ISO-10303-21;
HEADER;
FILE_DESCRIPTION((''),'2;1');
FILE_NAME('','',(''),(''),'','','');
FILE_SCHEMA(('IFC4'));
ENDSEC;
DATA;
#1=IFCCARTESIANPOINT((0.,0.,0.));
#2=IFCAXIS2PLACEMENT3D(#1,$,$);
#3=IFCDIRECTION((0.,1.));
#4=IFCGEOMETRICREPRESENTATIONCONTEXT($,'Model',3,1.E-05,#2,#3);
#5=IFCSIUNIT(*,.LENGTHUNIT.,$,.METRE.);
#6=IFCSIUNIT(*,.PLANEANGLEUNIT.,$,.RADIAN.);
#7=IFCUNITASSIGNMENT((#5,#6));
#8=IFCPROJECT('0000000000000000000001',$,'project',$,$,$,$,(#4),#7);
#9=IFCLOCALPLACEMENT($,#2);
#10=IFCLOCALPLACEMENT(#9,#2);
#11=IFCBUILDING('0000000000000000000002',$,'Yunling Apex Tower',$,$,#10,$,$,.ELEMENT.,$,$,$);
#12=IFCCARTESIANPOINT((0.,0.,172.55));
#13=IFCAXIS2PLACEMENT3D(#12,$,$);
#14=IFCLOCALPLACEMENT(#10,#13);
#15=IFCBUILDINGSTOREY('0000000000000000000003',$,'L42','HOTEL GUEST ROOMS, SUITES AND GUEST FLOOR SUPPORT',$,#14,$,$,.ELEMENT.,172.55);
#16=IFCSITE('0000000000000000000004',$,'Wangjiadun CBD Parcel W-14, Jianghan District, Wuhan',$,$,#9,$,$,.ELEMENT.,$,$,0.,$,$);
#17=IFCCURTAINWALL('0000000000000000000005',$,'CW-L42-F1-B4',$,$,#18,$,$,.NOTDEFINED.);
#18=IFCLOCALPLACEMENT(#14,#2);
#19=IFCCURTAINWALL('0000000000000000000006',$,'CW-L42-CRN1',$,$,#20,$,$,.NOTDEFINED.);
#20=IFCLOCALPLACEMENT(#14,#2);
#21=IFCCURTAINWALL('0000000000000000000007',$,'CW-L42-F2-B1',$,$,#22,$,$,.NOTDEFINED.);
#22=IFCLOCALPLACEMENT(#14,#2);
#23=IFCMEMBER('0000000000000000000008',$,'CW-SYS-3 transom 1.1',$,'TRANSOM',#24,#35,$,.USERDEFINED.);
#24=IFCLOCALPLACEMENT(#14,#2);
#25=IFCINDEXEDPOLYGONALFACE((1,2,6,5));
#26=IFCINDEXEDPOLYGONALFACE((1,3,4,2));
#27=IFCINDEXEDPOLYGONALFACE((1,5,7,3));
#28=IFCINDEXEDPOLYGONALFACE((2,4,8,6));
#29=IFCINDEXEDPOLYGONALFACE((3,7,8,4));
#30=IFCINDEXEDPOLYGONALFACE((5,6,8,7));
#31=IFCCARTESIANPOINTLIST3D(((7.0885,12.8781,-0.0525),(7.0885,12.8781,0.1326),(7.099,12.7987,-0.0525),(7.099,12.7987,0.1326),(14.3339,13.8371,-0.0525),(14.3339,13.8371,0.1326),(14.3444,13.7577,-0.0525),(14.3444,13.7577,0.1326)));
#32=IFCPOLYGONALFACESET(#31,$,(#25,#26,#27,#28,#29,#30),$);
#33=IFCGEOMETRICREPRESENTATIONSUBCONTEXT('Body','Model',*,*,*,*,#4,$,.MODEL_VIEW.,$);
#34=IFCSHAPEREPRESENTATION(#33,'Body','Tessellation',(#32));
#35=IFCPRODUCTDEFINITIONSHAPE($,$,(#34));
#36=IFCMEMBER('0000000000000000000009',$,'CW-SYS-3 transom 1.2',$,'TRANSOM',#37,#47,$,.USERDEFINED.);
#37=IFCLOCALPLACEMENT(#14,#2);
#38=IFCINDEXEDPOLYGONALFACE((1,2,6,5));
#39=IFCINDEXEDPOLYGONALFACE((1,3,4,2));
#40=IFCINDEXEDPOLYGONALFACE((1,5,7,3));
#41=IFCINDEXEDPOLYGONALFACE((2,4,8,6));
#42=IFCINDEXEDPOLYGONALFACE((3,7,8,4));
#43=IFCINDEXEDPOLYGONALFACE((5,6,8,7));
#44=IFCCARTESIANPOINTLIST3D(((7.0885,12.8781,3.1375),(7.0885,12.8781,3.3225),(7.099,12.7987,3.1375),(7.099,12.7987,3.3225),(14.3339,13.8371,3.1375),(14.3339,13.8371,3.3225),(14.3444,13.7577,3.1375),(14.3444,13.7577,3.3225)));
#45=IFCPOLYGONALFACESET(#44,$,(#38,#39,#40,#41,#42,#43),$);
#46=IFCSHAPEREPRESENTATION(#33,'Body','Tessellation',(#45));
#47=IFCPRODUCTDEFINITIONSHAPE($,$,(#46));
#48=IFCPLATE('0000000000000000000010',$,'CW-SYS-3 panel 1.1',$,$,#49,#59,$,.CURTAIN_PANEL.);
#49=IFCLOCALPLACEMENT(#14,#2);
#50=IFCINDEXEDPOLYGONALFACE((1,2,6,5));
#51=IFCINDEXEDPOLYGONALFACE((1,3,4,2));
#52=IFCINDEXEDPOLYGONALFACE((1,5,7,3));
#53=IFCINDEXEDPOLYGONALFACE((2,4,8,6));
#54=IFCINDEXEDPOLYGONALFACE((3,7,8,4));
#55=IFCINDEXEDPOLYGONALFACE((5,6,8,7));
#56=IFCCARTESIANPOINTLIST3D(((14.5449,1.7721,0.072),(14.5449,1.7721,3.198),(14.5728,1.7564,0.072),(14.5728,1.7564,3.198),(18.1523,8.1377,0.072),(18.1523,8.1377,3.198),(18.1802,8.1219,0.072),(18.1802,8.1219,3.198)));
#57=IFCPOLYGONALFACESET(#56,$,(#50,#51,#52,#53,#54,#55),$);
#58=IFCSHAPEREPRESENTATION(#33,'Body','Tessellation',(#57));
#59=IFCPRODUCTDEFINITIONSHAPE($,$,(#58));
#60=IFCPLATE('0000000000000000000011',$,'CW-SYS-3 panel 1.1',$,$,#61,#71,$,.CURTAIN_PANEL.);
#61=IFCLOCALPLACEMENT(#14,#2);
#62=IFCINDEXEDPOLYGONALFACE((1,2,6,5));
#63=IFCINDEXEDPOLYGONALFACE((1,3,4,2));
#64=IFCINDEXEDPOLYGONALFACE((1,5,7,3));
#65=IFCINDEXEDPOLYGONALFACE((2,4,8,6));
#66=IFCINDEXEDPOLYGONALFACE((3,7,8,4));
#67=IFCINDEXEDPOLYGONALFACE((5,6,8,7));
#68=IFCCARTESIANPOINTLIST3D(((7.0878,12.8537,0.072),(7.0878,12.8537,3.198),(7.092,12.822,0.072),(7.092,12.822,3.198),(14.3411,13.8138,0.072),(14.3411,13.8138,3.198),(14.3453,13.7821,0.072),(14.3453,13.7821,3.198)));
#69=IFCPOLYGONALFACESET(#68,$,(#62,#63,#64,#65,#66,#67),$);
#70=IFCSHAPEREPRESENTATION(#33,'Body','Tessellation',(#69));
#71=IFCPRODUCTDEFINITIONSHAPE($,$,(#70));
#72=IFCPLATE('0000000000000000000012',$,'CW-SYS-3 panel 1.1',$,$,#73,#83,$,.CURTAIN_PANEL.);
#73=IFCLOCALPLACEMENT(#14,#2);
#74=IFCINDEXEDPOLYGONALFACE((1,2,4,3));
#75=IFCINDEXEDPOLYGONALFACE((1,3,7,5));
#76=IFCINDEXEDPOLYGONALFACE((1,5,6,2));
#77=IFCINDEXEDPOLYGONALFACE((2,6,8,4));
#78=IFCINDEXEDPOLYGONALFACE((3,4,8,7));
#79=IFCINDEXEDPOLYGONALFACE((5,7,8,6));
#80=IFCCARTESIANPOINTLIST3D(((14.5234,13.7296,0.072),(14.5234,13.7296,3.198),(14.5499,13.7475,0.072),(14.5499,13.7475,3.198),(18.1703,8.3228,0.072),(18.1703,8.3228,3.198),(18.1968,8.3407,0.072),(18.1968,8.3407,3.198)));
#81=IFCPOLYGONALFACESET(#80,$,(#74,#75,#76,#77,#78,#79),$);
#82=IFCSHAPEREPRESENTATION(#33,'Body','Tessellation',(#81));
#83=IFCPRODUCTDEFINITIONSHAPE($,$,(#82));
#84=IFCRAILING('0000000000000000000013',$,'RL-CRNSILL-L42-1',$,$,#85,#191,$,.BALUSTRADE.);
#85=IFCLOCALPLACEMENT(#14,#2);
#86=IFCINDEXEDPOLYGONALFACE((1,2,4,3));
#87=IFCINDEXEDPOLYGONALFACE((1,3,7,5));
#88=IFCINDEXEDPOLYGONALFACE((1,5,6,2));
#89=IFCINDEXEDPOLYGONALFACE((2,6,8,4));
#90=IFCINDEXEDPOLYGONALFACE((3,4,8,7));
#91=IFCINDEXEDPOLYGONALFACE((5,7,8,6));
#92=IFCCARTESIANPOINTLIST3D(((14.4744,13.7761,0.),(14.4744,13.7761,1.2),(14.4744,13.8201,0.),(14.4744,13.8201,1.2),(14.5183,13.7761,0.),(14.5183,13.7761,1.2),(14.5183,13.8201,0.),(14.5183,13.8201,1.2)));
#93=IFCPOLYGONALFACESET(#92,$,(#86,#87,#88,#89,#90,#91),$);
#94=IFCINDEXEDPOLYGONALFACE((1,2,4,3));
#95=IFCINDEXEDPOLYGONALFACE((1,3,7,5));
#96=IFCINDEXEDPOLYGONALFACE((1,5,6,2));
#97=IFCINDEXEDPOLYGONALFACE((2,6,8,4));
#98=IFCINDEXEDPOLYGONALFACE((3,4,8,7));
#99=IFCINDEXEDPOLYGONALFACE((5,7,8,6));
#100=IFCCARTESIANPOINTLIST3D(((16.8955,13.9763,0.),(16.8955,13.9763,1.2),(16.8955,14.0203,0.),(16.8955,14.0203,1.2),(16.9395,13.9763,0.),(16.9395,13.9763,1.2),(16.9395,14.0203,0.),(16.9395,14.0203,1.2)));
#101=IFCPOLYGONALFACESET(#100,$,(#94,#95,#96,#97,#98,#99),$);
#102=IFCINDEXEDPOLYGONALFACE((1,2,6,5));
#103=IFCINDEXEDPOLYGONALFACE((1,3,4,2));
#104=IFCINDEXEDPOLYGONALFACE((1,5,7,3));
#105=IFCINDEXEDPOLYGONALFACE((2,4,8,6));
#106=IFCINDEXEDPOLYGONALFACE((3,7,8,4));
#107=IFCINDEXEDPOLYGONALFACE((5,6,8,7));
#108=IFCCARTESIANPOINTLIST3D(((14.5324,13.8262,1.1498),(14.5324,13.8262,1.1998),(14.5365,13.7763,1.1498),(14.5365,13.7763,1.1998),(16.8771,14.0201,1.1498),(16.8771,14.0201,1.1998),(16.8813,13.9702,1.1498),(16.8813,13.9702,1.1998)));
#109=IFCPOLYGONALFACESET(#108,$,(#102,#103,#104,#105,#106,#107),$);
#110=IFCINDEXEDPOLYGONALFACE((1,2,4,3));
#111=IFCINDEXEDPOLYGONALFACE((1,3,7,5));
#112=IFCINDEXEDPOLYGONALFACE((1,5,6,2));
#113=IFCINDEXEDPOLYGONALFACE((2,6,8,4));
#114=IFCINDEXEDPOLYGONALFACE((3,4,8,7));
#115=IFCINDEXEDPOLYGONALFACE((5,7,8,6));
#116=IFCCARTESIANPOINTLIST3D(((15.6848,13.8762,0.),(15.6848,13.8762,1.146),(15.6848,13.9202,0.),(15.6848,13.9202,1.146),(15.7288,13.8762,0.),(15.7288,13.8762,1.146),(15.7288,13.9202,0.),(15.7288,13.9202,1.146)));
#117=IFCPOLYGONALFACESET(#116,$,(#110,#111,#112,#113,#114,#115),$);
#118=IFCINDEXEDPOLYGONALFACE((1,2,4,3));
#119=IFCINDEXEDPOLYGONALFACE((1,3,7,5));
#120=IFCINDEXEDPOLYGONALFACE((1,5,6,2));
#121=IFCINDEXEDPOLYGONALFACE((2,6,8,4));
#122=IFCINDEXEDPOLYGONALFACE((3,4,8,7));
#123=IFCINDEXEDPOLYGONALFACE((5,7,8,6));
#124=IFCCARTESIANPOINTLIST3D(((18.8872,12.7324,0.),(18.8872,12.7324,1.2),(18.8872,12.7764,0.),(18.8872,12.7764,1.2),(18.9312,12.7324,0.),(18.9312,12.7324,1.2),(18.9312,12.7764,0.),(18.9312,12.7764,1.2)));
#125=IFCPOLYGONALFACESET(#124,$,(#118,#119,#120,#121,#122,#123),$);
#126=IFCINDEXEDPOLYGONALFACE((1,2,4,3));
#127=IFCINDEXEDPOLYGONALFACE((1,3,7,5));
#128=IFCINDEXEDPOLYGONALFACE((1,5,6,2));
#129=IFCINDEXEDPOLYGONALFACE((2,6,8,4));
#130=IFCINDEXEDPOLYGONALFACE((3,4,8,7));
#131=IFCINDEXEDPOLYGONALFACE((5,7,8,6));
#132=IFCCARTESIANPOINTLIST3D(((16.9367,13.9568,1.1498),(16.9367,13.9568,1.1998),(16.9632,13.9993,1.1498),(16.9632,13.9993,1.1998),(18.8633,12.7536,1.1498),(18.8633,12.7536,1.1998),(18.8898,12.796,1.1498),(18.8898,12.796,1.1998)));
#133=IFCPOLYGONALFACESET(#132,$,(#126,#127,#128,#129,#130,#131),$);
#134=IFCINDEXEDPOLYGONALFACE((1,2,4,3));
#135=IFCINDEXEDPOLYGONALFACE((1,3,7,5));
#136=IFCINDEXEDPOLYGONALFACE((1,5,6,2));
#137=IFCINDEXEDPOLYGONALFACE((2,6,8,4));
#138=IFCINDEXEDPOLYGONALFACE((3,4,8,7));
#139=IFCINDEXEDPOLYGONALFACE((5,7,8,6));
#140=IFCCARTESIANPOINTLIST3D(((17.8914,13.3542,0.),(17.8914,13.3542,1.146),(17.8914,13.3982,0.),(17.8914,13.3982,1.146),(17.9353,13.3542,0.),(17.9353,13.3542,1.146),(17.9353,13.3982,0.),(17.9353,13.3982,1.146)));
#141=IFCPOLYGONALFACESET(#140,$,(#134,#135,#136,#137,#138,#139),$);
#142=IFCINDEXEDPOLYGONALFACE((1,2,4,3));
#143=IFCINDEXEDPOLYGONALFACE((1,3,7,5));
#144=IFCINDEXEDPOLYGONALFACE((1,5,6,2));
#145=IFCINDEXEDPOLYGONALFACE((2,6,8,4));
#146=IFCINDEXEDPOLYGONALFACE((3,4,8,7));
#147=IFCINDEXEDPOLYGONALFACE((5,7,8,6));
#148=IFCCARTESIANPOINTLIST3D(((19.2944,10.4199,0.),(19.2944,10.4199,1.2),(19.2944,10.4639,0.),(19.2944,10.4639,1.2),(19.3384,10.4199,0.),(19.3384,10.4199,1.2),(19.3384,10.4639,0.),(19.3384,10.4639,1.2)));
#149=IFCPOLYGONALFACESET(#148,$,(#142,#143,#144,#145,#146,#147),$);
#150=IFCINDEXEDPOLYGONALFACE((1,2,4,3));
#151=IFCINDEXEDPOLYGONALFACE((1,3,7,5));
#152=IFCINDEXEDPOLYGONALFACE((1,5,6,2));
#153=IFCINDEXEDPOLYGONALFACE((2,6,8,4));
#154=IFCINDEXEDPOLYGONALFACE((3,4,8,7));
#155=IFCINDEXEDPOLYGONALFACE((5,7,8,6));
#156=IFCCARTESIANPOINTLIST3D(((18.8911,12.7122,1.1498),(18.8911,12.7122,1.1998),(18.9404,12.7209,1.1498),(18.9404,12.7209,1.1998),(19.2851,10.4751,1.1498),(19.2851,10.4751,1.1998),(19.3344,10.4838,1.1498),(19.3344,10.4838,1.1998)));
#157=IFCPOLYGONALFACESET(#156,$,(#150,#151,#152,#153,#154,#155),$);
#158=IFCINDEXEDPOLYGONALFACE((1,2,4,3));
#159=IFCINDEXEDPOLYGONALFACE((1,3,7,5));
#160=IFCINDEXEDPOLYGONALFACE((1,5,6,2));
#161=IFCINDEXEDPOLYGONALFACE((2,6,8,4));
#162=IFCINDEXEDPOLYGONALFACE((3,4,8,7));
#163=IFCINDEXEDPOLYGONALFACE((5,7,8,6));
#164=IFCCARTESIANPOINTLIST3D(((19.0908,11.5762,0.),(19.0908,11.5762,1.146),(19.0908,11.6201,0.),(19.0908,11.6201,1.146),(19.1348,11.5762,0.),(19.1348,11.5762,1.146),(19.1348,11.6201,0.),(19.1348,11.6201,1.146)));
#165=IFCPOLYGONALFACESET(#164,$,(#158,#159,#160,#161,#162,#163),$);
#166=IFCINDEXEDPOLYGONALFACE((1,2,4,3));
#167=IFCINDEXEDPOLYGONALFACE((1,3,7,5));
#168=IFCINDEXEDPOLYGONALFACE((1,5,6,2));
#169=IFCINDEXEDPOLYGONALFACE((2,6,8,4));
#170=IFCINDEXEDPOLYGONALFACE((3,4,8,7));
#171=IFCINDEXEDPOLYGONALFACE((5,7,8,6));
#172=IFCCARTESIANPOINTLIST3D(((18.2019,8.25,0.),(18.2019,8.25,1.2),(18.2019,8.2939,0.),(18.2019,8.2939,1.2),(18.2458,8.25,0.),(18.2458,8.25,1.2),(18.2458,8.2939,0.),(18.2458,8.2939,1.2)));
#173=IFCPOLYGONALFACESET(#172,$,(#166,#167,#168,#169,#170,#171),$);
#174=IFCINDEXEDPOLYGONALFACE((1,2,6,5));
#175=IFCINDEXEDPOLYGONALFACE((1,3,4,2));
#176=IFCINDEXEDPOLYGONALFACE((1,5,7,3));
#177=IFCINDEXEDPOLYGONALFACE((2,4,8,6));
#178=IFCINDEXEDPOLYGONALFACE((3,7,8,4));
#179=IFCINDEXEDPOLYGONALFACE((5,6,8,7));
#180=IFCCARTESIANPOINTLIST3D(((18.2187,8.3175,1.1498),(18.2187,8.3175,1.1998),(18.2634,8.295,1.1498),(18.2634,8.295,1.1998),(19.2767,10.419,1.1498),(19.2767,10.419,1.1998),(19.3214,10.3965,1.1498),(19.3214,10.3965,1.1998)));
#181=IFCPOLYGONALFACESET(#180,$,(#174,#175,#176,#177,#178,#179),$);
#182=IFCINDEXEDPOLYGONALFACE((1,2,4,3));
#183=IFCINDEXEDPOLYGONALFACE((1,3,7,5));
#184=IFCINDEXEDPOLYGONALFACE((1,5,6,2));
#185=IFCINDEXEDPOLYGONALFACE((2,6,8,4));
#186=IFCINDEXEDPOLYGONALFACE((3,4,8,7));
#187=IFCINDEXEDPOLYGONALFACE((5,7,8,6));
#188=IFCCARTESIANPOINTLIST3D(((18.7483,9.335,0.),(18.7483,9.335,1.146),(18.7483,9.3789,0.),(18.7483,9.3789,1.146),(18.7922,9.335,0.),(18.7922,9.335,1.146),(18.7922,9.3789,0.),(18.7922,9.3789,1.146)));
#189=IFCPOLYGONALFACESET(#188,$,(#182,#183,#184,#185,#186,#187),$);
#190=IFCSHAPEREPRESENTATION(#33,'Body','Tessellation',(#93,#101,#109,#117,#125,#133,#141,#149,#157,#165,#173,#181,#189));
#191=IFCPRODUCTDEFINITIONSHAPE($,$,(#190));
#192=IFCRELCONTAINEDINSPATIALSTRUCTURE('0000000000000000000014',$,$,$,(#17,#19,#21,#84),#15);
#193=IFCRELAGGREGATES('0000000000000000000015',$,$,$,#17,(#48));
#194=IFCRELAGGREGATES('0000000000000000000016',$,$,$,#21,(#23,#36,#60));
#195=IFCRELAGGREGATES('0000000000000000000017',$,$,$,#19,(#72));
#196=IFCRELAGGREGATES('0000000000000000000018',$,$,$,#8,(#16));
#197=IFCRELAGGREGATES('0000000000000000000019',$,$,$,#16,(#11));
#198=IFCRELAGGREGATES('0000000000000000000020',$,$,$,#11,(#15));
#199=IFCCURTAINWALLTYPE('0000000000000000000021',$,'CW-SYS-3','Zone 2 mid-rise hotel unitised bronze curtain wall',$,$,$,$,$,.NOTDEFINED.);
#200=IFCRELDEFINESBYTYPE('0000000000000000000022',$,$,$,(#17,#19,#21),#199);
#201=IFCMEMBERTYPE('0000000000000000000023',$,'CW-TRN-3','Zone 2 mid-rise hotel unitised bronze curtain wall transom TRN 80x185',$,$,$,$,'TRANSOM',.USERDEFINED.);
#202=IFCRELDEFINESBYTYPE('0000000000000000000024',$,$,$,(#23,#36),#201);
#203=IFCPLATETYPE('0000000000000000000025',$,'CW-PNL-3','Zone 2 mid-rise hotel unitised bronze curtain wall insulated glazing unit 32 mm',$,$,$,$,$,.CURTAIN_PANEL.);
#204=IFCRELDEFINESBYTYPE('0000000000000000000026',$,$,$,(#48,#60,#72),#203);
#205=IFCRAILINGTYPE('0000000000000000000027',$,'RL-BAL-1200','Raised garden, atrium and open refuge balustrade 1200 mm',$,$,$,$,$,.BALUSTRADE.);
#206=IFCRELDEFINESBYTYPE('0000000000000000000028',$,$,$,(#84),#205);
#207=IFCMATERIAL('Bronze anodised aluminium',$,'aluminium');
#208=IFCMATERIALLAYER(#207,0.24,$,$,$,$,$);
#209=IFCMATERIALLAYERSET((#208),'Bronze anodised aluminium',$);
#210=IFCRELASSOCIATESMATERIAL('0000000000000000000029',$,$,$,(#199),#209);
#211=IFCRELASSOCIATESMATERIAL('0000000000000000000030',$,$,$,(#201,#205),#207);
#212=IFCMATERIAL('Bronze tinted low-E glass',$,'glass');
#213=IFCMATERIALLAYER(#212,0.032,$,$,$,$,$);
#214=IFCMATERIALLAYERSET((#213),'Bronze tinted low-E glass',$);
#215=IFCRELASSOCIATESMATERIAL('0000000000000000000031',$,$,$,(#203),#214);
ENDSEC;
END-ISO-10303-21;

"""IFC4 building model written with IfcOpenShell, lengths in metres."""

from ifc_helpers import new_model, si_unit, direction, frame, origin, origin_2d, place, context, subcontext, project, spatial, rectangle, extrude, source, transform, mapped, material, layer, layer_set, material_profile, profile_set, type_object, element, aggregate, save


model = new_model("IFC4")

# Units and contexts
model_context = context("Model", 3, precision=1e-05, world=origin(), true_north=direction((0.0, 1.0)))
body_context = subcontext(model_context, "Body", "Model", "MODEL_VIEW")
ifc_project = project(units=[si_unit("LENGTHUNIT", "METRE"), si_unit("PLANEANGLEUNIT", "RADIAN")], contexts=[model_context])

# Site, building, storey
site_placement = place(None, origin())
site = spatial("IfcSite", under=ifc_project, at=site_placement, Name="Wangjiadun CBD Parcel W-14, Jianghan District, Wuhan", CompositionType="ELEMENT", RefElevation=0.0)
building_placement = place(site_placement, origin())
building = spatial("IfcBuilding", under=site, at=building_placement, Name="Yunling Apex Tower", CompositionType="ELEMENT")
storey_placement = place(building_placement, frame((0.0, 0.0, 172.55)))
storey = spatial("IfcBuildingStorey", under=building, at=storey_placement, Name="L42", Description="HOTEL GUEST ROOMS, SUITES AND GUEST FLOOR SUPPORT", CompositionType="ELEMENT", Elevation=172.55)

# Shared definitions
ifc_material_1 = material(Name="Bronze anodised aluminium", Category="aluminium")
ifc_layer_1 = layer(ifc_material_1, 0.24)
ifc_layer_set_1 = layer_set([ifc_layer_1], Name="Bronze anodised aluminium")
curtain_wall_type = type_object("IfcCurtainWallType", Name="CW-SYS-3", Description="Zone 2 mid-rise hotel unitised bronze curtain wall", PredefinedType="NOTDEFINED", material=ifc_layer_set_1)

# Curtain walls
curtain_wall_1_placement = place(storey_placement, origin())
curtain_wall_1 = element("IfcCurtainWall", 1, at=curtain_wall_1_placement, inside=storey, type_object=curtain_wall_type, Name="CW-L42-F1-B4", PredefinedType="NOTDEFINED")
curtain_wall_2_placement = place(storey_placement, origin())
curtain_wall_2 = element("IfcCurtainWall", 2, at=curtain_wall_2_placement, inside=storey, type_object=curtain_wall_type, Name="CW-L42-CRN1", PredefinedType="NOTDEFINED")
curtain_wall_3_placement = place(storey_placement, origin())
curtain_wall_3 = element("IfcCurtainWall", 3, at=curtain_wall_3_placement, inside=storey, type_object=curtain_wall_type, Name="CW-L42-F2-B1", PredefinedType="NOTDEFINED")
ifc_material_profile_1 = material_profile(ifc_material_1, rectangle(XDim=0.0801, YDim=0.1851, at=origin_2d()))
ifc_profile_set_1 = profile_set([ifc_material_profile_1], Name="Bronze anodised aluminium")
member_type_1 = type_object("IfcMemberType", Name="CW-TRN-3", Description="Zone 2 mid-rise hotel unitised bronze curtain wall transom TRN 80x185", ElementType="TRANSOM", PredefinedType="USERDEFINED", material=ifc_profile_set_1)

# Members
shared_shape_1 = source(origin(), body_context, "Body", "SweptSolid", [
    extrude(rectangle(XDim=0.0801, YDim=0.1851, at=origin_2d()), origin(), (0.0, 0.0, 1.0), 7.3086),
])
member_1_placement = place(storey_placement, frame((14.3391, 13.7974, 0.04), z_axis=(-0.991354, -0.131214, 0.0), x_axis=(0.131214, -0.991354, 0.0)))
member_1 = element("IfcMember", 4, at=member_1_placement, type_object=member_type_1, Name="CW-SYS-3 transom 1.1", ObjectType="TRANSOM", PredefinedType="USERDEFINED", context=body_context, shape_type="MappedRepresentation", body=[
    mapped(shared_shape_1, transform((0.0, 0.0, 0.0), scale=1.0)),
])
member_2_placement = place(storey_placement, frame((14.3391, 13.7974, 3.23), z_axis=(-0.991354, -0.131214, 0.0), x_axis=(0.131214, -0.991354, 0.0)))
member_2 = element("IfcMember", 5, at=member_2_placement, type_object=member_type_1, Name="CW-SYS-3 transom 1.2", ObjectType="TRANSOM", PredefinedType="USERDEFINED", context=body_context, shape_type="MappedRepresentation", body=[
    mapped(shared_shape_1, transform((0.0, 0.0, 0.0), scale=1.0)),
])

# Plates
ifc_material_2 = material(Name="Bronze tinted low-E glass", Category="glass")
ifc_layer_2 = layer(ifc_material_2, 0.032)
ifc_layer_set_2 = layer_set([ifc_layer_2], Name="Bronze tinted low-E glass")
plate_type = type_object("IfcPlateType", Name="CW-PNL-3", Description="Zone 2 mid-rise hotel unitised bronze curtain wall insulated glazing unit 32 mm", PredefinedType="CURTAIN_PANEL", material=ifc_layer_set_2)
shared_shape_2 = source(origin(), body_context, "Body", "SweptSolid", [
    extrude(rectangle(XDim=7.3167, YDim=0.032, at=origin_2d()), origin(), (0.0, 0.0, 1.0), 3.126),
])
plate_1_placement = place(storey_placement, frame((16.3625, 4.947, 0.072), z_axis=(0.0, 0.0, 1.0), x_axis=(0.493041, 0.870006, 0.0)))
plate_1 = element("IfcPlate", 6, at=plate_1_placement, type_object=plate_type, Name="CW-SYS-3 panel 1.1", PredefinedType="CURTAIN_PANEL", context=body_context, shape_type="MappedRepresentation", body=[
    mapped(shared_shape_2, transform((0.0, 0.0, 0.0), scale=1.0)),
])
aggregate(curtain_wall_1, [plate_1])
plate_2_placement = place(storey_placement, frame((10.7166, 13.3179, 0.072), z_axis=(0.0, 0.0, 1.0), x_axis=(-0.991353, -0.131222, 0.0)))
plate_2 = element("IfcPlate", 7, at=plate_2_placement, type_object=plate_type, Name="CW-SYS-3 panel 1.1", PredefinedType="CURTAIN_PANEL", context=body_context, shape_type="MappedRepresentation", body=[
    mapped(shared_shape_2, transform((0.0, 0.0, 0.0), scale=1.0)),
])
aggregate(curtain_wall_3, [member_1, member_2, plate_2])
shared_shape_3 = source(origin(), body_context, "Body", "SweptSolid", [
    extrude(rectangle(XDim=6.5217, YDim=0.032, at=origin_2d()), origin(), (0.0, 0.0, 1.0), 3.126),
])
plate_3_placement = place(storey_placement, frame((16.3601, 11.0352, 0.072), z_axis=(0.0, 0.0, 1.0), x_axis=(-0.559193, 0.829038, 0.0)))
plate_3 = element("IfcPlate", 8, at=plate_3_placement, type_object=plate_type, Name="CW-SYS-3 panel 1.1", PredefinedType="CURTAIN_PANEL", context=body_context, shape_type="MappedRepresentation", body=[
    mapped(shared_shape_3, transform((0.0, 0.0, 0.0), scale=1.0)),
])
aggregate(curtain_wall_2, [plate_3])

# Railing
railing_type = type_object("IfcRailingType", Name="RL-BAL-1200", Description="Raised garden, atrium and open refuge balustrade 1200 mm", PredefinedType="BALUSTRADE", material=ifc_material_1)
railing_1_placement = place(storey_placement, frame((14.4963, 13.7981, 0.0)))
element("IfcRailing", 9, at=railing_1_placement, inside=storey, type_object=railing_type, Name="RL-CRNSILL-L42-1", PredefinedType="BALUSTRADE", context=body_context, shape_type="SweptSolid", body=[
    extrude(rectangle(XDim=0.0439, YDim=0.0439, at=origin_2d()), origin(), (0.0, 0.0, 1.0), 1.2),
    extrude(rectangle(XDim=0.0439, YDim=0.0439, at=origin_2d()), frame((2.4211, 0.2002, 0.0)), (0.0, 0.0, 1.0), 1.2),
    extrude(rectangle(XDim=0.05, YDim=0.05, at=origin_2d()), frame((0.0381, 0.0032, 1.1748), z_axis=(0.996599, 0.082405, 0.0), x_axis=(-0.082405, 0.996599, 0.0)), (0.0, 0.0, 1.0), 2.3528),
    extrude(rectangle(XDim=0.0439, YDim=0.0439, at=origin_2d()), frame((1.2104, 0.1001, 0.0)), (0.0, 0.0, 1.0), 1.146),
    extrude(rectangle(XDim=0.0439, YDim=0.0439, at=origin_2d()), frame((4.4128, -1.0437, 0.0)), (0.0, 0.0, 1.0), 1.2),
    extrude(rectangle(XDim=0.05, YDim=0.05, at=origin_2d()), frame((2.4536, 0.1799, 1.1748), z_axis=(0.848173, -0.529719, 0.0), x_axis=(0.529719, 0.848173, 0.0)), (0.0, 0.0, 1.0), 2.2715),
    extrude(rectangle(XDim=0.0439, YDim=0.0439, at=origin_2d()), frame((3.417, -0.4219, 0.0)), (0.0, 0.0, 1.0), 1.146),
    extrude(rectangle(XDim=0.0439, YDim=0.0439, at=origin_2d()), frame((4.8201, -3.3562, 0.0)), (0.0, 0.0, 1.0), 1.2),
    extrude(rectangle(XDim=0.05, YDim=0.05, at=origin_2d()), frame((4.4194, -1.0815, 1.1748), z_axis=(0.173429, -0.984846, 0.0), x_axis=(0.984846, 0.173429, 0.0)), (0.0, 0.0, 1.0), 2.2715),
    extrude(rectangle(XDim=0.0439, YDim=0.0439, at=origin_2d()), frame((4.6165, -2.2, 0.0)), (0.0, 0.0, 1.0), 1.146),
    extrude(rectangle(XDim=0.0439, YDim=0.0439, at=origin_2d()), frame((3.7275, -5.5261, 0.0)), (0.0, 0.0, 1.0), 1.2),
    extrude(rectangle(XDim=0.05, YDim=0.05, at=origin_2d()), frame((4.8027, -3.3904, 1.1748), z_axis=(-0.449704, -0.893178, 0.0), x_axis=(0.893178, -0.449704, 0.0)), (0.0, 0.0, 1.0), 2.3528),
    extrude(rectangle(XDim=0.0439, YDim=0.0439, at=origin_2d()), frame((4.2739, -4.4412, 0.0)), (0.0, 0.0, 1.0), 1.146),
])

save(model, "model.ifc")
